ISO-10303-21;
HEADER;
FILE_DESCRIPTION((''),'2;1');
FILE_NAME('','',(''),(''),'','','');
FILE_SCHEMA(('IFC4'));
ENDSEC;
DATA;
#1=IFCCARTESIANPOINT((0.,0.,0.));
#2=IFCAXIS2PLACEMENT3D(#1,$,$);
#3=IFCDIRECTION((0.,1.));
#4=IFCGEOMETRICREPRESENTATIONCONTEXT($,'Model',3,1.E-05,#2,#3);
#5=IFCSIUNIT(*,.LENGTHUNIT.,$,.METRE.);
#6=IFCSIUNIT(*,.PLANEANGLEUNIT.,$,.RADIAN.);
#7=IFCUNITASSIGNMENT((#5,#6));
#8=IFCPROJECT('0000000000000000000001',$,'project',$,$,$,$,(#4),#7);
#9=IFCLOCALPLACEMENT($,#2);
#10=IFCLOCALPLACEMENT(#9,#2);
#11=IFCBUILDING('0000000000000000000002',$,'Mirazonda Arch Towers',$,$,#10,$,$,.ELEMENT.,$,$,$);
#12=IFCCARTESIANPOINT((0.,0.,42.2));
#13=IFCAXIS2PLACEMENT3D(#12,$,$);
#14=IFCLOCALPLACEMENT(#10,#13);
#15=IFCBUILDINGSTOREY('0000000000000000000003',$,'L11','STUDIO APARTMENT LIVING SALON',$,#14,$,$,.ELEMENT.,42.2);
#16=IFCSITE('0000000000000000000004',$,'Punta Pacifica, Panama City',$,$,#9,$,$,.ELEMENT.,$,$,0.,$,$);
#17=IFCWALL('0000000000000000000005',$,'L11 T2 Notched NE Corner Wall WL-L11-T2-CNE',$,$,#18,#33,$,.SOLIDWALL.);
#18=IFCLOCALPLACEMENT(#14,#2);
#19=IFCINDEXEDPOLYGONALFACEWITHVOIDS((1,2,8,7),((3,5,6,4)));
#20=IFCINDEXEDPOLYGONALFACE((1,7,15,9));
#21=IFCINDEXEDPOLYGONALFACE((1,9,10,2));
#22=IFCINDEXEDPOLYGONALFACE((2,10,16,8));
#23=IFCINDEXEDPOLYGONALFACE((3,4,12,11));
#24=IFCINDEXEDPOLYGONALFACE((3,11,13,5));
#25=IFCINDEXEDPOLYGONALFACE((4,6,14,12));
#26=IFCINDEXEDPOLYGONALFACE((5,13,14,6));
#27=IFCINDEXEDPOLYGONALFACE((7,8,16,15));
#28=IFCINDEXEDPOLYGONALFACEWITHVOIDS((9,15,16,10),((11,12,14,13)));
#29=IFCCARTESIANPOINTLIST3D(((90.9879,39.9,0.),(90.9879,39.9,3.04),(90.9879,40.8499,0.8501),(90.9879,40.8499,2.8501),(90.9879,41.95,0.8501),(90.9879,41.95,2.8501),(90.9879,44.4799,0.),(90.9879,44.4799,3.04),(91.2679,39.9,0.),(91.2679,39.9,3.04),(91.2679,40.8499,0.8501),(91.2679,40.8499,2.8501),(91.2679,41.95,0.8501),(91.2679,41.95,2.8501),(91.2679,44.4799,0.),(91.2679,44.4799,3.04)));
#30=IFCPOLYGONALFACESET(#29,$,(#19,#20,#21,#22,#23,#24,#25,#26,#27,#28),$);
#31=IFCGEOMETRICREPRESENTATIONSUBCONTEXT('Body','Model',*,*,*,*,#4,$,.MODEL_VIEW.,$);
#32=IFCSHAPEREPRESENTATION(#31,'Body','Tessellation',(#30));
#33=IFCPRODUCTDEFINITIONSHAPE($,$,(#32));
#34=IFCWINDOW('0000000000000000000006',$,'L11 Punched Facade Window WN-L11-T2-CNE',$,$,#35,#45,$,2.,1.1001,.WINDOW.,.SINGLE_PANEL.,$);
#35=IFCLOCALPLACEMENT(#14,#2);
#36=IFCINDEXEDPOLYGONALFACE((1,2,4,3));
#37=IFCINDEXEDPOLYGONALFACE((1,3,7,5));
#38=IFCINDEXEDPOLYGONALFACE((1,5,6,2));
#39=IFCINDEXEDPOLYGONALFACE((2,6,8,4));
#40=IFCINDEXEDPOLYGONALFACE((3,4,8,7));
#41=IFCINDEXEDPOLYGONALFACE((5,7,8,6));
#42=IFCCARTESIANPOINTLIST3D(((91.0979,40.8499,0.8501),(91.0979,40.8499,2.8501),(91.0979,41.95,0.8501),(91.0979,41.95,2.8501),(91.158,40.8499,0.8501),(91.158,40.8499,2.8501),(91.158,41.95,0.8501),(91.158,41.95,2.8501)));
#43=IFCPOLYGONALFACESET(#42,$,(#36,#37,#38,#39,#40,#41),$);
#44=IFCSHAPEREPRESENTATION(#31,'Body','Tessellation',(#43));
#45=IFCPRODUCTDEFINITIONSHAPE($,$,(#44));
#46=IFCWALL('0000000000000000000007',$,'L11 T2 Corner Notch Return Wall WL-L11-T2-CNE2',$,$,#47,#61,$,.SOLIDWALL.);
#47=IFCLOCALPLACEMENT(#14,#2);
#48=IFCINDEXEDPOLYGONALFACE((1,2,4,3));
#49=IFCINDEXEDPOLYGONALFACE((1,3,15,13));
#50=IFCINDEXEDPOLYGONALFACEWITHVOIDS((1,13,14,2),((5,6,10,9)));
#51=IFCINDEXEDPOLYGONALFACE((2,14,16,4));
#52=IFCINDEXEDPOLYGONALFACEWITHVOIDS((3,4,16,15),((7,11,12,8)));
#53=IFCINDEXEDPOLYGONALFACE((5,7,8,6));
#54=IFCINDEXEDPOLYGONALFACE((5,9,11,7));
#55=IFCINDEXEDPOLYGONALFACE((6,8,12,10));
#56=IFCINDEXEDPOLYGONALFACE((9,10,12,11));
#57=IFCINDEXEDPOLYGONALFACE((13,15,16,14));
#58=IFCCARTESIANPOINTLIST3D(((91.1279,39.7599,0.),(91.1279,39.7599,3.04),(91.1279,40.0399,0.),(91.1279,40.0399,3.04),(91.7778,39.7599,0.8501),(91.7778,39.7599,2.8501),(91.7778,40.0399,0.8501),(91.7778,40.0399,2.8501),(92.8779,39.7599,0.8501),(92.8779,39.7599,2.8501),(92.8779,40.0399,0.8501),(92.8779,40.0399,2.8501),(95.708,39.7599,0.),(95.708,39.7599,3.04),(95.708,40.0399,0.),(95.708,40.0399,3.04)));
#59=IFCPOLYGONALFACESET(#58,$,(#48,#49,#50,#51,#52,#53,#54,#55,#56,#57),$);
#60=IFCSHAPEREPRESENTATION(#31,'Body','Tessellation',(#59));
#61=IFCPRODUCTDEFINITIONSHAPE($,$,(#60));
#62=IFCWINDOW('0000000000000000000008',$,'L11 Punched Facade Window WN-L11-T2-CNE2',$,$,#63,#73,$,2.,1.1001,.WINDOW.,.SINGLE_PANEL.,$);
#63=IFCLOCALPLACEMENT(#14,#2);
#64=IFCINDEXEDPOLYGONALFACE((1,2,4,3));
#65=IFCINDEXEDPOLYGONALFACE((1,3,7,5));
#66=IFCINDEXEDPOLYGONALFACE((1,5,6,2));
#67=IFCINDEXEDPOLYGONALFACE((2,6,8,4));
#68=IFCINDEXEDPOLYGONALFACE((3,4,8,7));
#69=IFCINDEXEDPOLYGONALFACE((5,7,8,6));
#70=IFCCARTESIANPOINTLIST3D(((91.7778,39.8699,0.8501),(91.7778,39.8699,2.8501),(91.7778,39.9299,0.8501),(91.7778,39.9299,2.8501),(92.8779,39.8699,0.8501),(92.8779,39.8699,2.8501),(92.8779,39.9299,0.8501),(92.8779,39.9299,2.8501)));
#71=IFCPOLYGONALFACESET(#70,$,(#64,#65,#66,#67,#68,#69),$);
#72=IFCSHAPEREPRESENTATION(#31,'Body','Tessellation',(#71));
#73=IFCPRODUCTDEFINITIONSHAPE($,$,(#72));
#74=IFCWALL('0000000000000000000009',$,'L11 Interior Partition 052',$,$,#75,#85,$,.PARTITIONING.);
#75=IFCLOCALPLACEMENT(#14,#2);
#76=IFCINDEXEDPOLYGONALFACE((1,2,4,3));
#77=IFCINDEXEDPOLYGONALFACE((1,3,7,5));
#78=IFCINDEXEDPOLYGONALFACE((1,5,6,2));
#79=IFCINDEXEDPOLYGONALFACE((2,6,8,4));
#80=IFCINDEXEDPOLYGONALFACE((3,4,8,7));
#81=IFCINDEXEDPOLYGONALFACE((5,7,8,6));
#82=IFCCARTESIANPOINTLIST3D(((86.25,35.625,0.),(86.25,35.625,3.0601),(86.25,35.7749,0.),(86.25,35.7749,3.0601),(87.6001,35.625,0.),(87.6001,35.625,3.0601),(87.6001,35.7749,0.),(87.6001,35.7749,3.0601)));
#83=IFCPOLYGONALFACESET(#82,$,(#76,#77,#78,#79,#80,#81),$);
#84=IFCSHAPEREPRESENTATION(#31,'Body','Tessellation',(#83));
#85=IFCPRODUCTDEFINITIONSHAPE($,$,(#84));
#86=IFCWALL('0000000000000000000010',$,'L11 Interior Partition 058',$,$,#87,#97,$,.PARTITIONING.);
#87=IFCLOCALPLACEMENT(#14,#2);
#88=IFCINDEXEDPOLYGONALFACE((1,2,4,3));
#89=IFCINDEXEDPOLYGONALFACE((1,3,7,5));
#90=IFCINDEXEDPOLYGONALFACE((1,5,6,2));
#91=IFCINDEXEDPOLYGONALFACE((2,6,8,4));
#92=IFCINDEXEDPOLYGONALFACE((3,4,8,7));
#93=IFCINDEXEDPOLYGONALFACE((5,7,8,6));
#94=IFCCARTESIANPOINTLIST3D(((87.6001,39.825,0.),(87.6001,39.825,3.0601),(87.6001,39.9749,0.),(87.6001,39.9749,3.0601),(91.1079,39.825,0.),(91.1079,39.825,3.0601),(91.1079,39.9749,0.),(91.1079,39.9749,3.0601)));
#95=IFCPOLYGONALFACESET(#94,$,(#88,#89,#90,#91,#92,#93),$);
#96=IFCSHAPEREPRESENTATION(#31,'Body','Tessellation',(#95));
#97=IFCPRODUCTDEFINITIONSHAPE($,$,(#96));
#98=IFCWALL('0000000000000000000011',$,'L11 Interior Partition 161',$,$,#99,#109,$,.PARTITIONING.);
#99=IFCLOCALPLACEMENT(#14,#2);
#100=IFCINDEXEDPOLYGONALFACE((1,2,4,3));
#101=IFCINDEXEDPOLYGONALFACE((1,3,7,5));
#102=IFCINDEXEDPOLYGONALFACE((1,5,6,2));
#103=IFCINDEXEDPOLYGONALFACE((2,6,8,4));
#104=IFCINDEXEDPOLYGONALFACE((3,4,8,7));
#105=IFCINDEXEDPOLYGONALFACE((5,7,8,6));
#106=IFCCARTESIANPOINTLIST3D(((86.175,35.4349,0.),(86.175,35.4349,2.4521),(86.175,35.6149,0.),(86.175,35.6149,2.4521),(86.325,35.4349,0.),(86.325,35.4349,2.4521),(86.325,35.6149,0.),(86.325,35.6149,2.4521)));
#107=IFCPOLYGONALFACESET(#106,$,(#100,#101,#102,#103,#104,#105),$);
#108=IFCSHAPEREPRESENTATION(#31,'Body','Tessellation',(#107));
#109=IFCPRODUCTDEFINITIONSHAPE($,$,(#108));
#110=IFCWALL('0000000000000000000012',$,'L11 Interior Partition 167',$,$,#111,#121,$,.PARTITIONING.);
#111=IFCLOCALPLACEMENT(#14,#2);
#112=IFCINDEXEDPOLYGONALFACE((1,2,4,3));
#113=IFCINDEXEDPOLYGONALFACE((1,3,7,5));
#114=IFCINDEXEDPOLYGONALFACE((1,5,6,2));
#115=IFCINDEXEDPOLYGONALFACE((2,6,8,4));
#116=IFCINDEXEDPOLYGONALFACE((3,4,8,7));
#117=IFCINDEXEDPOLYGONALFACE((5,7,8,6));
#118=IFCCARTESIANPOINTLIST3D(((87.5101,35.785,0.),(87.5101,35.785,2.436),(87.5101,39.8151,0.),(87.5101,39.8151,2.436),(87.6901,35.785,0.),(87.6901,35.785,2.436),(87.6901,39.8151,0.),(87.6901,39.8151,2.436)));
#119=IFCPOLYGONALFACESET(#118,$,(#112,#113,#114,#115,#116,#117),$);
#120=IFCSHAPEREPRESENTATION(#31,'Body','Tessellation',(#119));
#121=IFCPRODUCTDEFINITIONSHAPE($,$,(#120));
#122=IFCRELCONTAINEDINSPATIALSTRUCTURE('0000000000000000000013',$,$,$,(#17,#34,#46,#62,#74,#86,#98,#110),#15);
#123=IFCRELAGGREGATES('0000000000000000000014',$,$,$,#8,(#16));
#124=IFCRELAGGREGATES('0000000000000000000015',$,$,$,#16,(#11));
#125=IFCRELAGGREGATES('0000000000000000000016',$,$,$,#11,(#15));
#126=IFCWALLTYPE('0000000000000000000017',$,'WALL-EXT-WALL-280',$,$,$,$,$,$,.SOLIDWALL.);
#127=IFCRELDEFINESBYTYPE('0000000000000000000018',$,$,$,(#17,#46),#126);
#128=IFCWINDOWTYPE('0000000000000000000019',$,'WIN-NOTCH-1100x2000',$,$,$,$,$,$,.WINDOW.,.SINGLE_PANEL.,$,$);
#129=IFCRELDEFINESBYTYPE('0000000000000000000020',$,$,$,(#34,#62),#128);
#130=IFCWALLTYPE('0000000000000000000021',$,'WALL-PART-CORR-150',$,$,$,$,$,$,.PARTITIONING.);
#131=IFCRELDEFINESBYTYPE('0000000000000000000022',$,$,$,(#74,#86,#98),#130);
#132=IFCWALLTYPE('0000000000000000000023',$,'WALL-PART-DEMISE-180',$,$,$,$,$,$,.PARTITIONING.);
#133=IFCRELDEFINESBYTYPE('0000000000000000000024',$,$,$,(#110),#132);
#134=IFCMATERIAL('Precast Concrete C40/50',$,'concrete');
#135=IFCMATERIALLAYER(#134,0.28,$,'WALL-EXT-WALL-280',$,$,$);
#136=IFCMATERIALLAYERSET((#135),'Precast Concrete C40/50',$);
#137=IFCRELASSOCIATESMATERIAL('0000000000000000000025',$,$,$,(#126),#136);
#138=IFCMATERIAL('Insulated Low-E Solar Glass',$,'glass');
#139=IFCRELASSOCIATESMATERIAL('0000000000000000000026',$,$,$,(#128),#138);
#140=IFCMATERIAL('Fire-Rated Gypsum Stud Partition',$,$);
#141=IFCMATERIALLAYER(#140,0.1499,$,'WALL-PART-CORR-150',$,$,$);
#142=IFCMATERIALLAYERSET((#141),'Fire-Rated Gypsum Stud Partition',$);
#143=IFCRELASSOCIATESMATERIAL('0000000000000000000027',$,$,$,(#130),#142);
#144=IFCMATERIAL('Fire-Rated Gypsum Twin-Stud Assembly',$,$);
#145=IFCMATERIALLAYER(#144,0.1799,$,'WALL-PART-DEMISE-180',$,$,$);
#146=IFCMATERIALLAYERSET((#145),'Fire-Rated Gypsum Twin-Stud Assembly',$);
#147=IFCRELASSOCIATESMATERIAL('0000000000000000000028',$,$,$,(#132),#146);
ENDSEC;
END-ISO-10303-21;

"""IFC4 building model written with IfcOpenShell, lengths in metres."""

from ifc_helpers import new_model, si_unit, direction, frame, frame_2d, origin, place, context, subcontext, project, spatial, rectangle, extrude, material, layer, layer_set, type_object, element, fill, save


model = new_model("IFC4")

# Units and contexts
model_context = context("Model", 3, precision=1e-05, world=origin(), true_north=direction((0.0, 1.0)))
body_context = subcontext(model_context, "Body", "Model", "MODEL_VIEW")
ifc_project = project(units=[si_unit("LENGTHUNIT", "METRE"), si_unit("PLANEANGLEUNIT", "RADIAN")], contexts=[model_context])

# Site, building, storey
site_placement = place(None, origin())
site = spatial("IfcSite", under=ifc_project, at=site_placement, Name="Punta Pacifica, Panama City", CompositionType="ELEMENT", RefElevation=0.0)
building_placement = place(site_placement, origin())
building = spatial("IfcBuilding", under=site, at=building_placement, Name="Mirazonda Arch Towers", CompositionType="ELEMENT")
storey_placement = place(building_placement, frame((0.0, 0.0, 42.2)))
storey = spatial("IfcBuildingStorey", under=building, at=storey_placement, Name="L11", Description="STUDIO APARTMENT LIVING SALON", CompositionType="ELEMENT", Elevation=42.2)

# Shared definitions
ifc_material_1 = material(Name="Insulated Low-E Solar Glass", Category="glass")

# Walls, openings, windows
ifc_material_2 = material(Name="Precast Concrete C40/50", Category="concrete")
ifc_layer_1 = layer(ifc_material_2, 0.28, Name="WALL-EXT-WALL-280")
ifc_layer_set_1 = layer_set([ifc_layer_1], Name="Precast Concrete C40/50")
wall_type_1 = type_object("IfcWallType", Name="WALL-EXT-WALL-280", PredefinedType="SOLIDWALL", material=ifc_layer_set_1)
wall_1_placement = place(storey_placement, frame((91.1279, 39.8999, 0.0), z_axis=(0.0, 0.0, 1.0), x_axis=(0.0, 1.0, 0.0)))
wall_1 = element("IfcWall", 1, at=wall_1_placement, inside=storey, type_object=wall_type_1, Name="L11 T2 Notched NE Corner Wall WL-L11-T2-CNE", PredefinedType="SOLIDWALL", context=body_context, shape_type="SweptSolid", body=[
    extrude(rectangle(XDim=4.5798, YDim=0.28, at=frame_2d((2.29, 0.0))), origin(), (0.0, 0.0, 1.0), 3.04),
])
opening_1_placement = place(wall_1_placement, frame((0.95, 0.0, 0.8501)))
opening_1 = element("IfcOpeningElement", 2, at=opening_1_placement, cuts=wall_1, PredefinedType="OPENING", context=body_context, shape_type="SweptSolid", body=[
    extrude(rectangle(XDim=1.1001, YDim=2.0, at=frame_2d((0.55, 1.0))), frame((0.0, 0.1499, 0.0), z_axis=(0.0, -1.0, 0.0), x_axis=(1.0, 0.0, 0.0)), (0.0, 0.0, 1.0), 0.3),
])
window_type = type_object("IfcWindowType", Name="WIN-NOTCH-1100x2000", PartitioningType="SINGLE_PANEL", PredefinedType="WINDOW", material=ifc_material_1)
window_1_placement = place(opening_1_placement, origin())
window_1 = element("IfcWindow", 3, at=window_1_placement, inside=storey, type_object=window_type, Name="L11 Punched Facade Window WN-L11-T2-CNE", OverallHeight=2.0, OverallWidth=1.1001, PartitioningType="SINGLE_PANEL", PredefinedType="WINDOW", context=body_context, shape_type="SweptSolid", body=[
    extrude(rectangle(XDim=1.1001, YDim=2.0, at=frame_2d((0.55, 1.0))), frame((0.0, 0.03, 0.0), z_axis=(0.0, -1.0, 0.0), x_axis=(1.0, 0.0, 0.0)), (0.0, 0.0, 1.0), 0.0601),
])
fill(opening_1, window_1)
wall_2_placement = place(storey_placement, frame((95.708, 39.8999, 0.0), z_axis=(0.0, 0.0, 1.0), x_axis=(-1.0, 0.0, 0.0)))
wall_2 = element("IfcWall", 4, at=wall_2_placement, inside=storey, type_object=wall_type_1, Name="L11 T2 Corner Notch Return Wall WL-L11-T2-CNE2", PredefinedType="SOLIDWALL", context=body_context, shape_type="SweptSolid", body=[
    extrude(rectangle(XDim=4.5801, YDim=0.28, at=frame_2d((2.29, 0.0))), origin(), (0.0, 0.0, 1.0), 3.04),
])
opening_2_placement = place(wall_2_placement, frame((2.8301, 0.0, 0.8501)))
opening_2 = element("IfcOpeningElement", 5, at=opening_2_placement, cuts=wall_2, PredefinedType="OPENING", context=body_context, shape_type="SweptSolid", body=[
    extrude(rectangle(XDim=1.1001, YDim=2.0, at=frame_2d((0.55, 1.0))), frame((0.0, 0.1499, 0.0), z_axis=(0.0, -1.0, 0.0), x_axis=(1.0, 0.0, 0.0)), (0.0, 0.0, 1.0), 0.3),
])
window_2_placement = place(opening_2_placement, origin())
window_2 = element("IfcWindow", 6, at=window_2_placement, inside=storey, type_object=window_type, Name="L11 Punched Facade Window WN-L11-T2-CNE2", OverallHeight=2.0, OverallWidth=1.1001, PartitioningType="SINGLE_PANEL", PredefinedType="WINDOW", context=body_context, shape_type="SweptSolid", body=[
    extrude(rectangle(XDim=1.1001, YDim=2.0, at=frame_2d((0.55, 1.0))), frame((0.0, 0.03, 0.0), z_axis=(0.0, -1.0, 0.0), x_axis=(1.0, 0.0, 0.0)), (0.0, 0.0, 1.0), 0.0601),
])
fill(opening_2, window_2)

# Walls
ifc_material_3 = material(Name="Fire-Rated Gypsum Stud Partition")
ifc_layer_2 = layer(ifc_material_3, 0.1499, Name="WALL-PART-CORR-150")
ifc_layer_set_2 = layer_set([ifc_layer_2], Name="Fire-Rated Gypsum Stud Partition")
wall_type_2 = type_object("IfcWallType", Name="WALL-PART-CORR-150", PredefinedType="PARTITIONING", material=ifc_layer_set_2)
wall_3_placement = place(storey_placement, frame((86.25, 35.7, 0.0), z_axis=(0.0, 0.0, 1.0), x_axis=(1.0, 0.0, 0.0)))
element("IfcWall", 7, at=wall_3_placement, inside=storey, type_object=wall_type_2, Name="L11 Interior Partition 052", PredefinedType="PARTITIONING", context=body_context, shape_type="SweptSolid", body=[
    extrude(rectangle(XDim=1.3501, YDim=0.1499, at=frame_2d((0.675, 0.0))), origin(), (0.0, 0.0, 1.0), 3.0601),
])
wall_4_placement = place(storey_placement, frame((87.6001, 39.8999, 0.0), z_axis=(0.0, 0.0, 1.0), x_axis=(1.0, 0.0, 0.0)))
element("IfcWall", 8, at=wall_4_placement, inside=storey, type_object=wall_type_2, Name="L11 Interior Partition 058", PredefinedType="PARTITIONING", context=body_context, shape_type="SweptSolid", body=[
    extrude(rectangle(XDim=3.5078, YDim=0.1499, at=frame_2d((1.7539, 0.0))), origin(), (0.0, 0.0, 1.0), 3.0601),
])
wall_5_placement = place(storey_placement, frame((86.25, 35.4351, 0.0), z_axis=(0.0, 0.0, 1.0), x_axis=(0.0, 1.0, 0.0)))
element("IfcWall", 9, at=wall_5_placement, inside=storey, type_object=wall_type_2, Name="L11 Interior Partition 161", PredefinedType="PARTITIONING", context=body_context, shape_type="SweptSolid", body=[
    extrude(rectangle(XDim=0.1799, YDim=0.1499, at=frame_2d((0.0898, 0.0))), origin(), (0.0, 0.0, 1.0), 2.4521),
])
ifc_material_4 = material(Name="Fire-Rated Gypsum Twin-Stud Assembly")
ifc_layer_3 = layer(ifc_material_4, 0.1799, Name="WALL-PART-DEMISE-180")
ifc_layer_set_3 = layer_set([ifc_layer_3], Name="Fire-Rated Gypsum Twin-Stud Assembly")
wall_type_3 = type_object("IfcWallType", Name="WALL-PART-DEMISE-180", PredefinedType="PARTITIONING", material=ifc_layer_set_3)
wall_6_placement = place(storey_placement, frame((87.6001, 35.7849, 0.0), z_axis=(0.0, 0.0, 1.0), x_axis=(0.0, 1.0, 0.0)))
element("IfcWall", 10, at=wall_6_placement, inside=storey, type_object=wall_type_3, Name="L11 Interior Partition 167", PredefinedType="PARTITIONING", context=body_context, shape_type="SweptSolid", body=[
    extrude(rectangle(XDim=4.03, YDim=0.1799, at=frame_2d((2.0151, 0.0))), origin(), (0.0, 0.0, 1.0), 2.436),
])

save(model, "model.ifc")
